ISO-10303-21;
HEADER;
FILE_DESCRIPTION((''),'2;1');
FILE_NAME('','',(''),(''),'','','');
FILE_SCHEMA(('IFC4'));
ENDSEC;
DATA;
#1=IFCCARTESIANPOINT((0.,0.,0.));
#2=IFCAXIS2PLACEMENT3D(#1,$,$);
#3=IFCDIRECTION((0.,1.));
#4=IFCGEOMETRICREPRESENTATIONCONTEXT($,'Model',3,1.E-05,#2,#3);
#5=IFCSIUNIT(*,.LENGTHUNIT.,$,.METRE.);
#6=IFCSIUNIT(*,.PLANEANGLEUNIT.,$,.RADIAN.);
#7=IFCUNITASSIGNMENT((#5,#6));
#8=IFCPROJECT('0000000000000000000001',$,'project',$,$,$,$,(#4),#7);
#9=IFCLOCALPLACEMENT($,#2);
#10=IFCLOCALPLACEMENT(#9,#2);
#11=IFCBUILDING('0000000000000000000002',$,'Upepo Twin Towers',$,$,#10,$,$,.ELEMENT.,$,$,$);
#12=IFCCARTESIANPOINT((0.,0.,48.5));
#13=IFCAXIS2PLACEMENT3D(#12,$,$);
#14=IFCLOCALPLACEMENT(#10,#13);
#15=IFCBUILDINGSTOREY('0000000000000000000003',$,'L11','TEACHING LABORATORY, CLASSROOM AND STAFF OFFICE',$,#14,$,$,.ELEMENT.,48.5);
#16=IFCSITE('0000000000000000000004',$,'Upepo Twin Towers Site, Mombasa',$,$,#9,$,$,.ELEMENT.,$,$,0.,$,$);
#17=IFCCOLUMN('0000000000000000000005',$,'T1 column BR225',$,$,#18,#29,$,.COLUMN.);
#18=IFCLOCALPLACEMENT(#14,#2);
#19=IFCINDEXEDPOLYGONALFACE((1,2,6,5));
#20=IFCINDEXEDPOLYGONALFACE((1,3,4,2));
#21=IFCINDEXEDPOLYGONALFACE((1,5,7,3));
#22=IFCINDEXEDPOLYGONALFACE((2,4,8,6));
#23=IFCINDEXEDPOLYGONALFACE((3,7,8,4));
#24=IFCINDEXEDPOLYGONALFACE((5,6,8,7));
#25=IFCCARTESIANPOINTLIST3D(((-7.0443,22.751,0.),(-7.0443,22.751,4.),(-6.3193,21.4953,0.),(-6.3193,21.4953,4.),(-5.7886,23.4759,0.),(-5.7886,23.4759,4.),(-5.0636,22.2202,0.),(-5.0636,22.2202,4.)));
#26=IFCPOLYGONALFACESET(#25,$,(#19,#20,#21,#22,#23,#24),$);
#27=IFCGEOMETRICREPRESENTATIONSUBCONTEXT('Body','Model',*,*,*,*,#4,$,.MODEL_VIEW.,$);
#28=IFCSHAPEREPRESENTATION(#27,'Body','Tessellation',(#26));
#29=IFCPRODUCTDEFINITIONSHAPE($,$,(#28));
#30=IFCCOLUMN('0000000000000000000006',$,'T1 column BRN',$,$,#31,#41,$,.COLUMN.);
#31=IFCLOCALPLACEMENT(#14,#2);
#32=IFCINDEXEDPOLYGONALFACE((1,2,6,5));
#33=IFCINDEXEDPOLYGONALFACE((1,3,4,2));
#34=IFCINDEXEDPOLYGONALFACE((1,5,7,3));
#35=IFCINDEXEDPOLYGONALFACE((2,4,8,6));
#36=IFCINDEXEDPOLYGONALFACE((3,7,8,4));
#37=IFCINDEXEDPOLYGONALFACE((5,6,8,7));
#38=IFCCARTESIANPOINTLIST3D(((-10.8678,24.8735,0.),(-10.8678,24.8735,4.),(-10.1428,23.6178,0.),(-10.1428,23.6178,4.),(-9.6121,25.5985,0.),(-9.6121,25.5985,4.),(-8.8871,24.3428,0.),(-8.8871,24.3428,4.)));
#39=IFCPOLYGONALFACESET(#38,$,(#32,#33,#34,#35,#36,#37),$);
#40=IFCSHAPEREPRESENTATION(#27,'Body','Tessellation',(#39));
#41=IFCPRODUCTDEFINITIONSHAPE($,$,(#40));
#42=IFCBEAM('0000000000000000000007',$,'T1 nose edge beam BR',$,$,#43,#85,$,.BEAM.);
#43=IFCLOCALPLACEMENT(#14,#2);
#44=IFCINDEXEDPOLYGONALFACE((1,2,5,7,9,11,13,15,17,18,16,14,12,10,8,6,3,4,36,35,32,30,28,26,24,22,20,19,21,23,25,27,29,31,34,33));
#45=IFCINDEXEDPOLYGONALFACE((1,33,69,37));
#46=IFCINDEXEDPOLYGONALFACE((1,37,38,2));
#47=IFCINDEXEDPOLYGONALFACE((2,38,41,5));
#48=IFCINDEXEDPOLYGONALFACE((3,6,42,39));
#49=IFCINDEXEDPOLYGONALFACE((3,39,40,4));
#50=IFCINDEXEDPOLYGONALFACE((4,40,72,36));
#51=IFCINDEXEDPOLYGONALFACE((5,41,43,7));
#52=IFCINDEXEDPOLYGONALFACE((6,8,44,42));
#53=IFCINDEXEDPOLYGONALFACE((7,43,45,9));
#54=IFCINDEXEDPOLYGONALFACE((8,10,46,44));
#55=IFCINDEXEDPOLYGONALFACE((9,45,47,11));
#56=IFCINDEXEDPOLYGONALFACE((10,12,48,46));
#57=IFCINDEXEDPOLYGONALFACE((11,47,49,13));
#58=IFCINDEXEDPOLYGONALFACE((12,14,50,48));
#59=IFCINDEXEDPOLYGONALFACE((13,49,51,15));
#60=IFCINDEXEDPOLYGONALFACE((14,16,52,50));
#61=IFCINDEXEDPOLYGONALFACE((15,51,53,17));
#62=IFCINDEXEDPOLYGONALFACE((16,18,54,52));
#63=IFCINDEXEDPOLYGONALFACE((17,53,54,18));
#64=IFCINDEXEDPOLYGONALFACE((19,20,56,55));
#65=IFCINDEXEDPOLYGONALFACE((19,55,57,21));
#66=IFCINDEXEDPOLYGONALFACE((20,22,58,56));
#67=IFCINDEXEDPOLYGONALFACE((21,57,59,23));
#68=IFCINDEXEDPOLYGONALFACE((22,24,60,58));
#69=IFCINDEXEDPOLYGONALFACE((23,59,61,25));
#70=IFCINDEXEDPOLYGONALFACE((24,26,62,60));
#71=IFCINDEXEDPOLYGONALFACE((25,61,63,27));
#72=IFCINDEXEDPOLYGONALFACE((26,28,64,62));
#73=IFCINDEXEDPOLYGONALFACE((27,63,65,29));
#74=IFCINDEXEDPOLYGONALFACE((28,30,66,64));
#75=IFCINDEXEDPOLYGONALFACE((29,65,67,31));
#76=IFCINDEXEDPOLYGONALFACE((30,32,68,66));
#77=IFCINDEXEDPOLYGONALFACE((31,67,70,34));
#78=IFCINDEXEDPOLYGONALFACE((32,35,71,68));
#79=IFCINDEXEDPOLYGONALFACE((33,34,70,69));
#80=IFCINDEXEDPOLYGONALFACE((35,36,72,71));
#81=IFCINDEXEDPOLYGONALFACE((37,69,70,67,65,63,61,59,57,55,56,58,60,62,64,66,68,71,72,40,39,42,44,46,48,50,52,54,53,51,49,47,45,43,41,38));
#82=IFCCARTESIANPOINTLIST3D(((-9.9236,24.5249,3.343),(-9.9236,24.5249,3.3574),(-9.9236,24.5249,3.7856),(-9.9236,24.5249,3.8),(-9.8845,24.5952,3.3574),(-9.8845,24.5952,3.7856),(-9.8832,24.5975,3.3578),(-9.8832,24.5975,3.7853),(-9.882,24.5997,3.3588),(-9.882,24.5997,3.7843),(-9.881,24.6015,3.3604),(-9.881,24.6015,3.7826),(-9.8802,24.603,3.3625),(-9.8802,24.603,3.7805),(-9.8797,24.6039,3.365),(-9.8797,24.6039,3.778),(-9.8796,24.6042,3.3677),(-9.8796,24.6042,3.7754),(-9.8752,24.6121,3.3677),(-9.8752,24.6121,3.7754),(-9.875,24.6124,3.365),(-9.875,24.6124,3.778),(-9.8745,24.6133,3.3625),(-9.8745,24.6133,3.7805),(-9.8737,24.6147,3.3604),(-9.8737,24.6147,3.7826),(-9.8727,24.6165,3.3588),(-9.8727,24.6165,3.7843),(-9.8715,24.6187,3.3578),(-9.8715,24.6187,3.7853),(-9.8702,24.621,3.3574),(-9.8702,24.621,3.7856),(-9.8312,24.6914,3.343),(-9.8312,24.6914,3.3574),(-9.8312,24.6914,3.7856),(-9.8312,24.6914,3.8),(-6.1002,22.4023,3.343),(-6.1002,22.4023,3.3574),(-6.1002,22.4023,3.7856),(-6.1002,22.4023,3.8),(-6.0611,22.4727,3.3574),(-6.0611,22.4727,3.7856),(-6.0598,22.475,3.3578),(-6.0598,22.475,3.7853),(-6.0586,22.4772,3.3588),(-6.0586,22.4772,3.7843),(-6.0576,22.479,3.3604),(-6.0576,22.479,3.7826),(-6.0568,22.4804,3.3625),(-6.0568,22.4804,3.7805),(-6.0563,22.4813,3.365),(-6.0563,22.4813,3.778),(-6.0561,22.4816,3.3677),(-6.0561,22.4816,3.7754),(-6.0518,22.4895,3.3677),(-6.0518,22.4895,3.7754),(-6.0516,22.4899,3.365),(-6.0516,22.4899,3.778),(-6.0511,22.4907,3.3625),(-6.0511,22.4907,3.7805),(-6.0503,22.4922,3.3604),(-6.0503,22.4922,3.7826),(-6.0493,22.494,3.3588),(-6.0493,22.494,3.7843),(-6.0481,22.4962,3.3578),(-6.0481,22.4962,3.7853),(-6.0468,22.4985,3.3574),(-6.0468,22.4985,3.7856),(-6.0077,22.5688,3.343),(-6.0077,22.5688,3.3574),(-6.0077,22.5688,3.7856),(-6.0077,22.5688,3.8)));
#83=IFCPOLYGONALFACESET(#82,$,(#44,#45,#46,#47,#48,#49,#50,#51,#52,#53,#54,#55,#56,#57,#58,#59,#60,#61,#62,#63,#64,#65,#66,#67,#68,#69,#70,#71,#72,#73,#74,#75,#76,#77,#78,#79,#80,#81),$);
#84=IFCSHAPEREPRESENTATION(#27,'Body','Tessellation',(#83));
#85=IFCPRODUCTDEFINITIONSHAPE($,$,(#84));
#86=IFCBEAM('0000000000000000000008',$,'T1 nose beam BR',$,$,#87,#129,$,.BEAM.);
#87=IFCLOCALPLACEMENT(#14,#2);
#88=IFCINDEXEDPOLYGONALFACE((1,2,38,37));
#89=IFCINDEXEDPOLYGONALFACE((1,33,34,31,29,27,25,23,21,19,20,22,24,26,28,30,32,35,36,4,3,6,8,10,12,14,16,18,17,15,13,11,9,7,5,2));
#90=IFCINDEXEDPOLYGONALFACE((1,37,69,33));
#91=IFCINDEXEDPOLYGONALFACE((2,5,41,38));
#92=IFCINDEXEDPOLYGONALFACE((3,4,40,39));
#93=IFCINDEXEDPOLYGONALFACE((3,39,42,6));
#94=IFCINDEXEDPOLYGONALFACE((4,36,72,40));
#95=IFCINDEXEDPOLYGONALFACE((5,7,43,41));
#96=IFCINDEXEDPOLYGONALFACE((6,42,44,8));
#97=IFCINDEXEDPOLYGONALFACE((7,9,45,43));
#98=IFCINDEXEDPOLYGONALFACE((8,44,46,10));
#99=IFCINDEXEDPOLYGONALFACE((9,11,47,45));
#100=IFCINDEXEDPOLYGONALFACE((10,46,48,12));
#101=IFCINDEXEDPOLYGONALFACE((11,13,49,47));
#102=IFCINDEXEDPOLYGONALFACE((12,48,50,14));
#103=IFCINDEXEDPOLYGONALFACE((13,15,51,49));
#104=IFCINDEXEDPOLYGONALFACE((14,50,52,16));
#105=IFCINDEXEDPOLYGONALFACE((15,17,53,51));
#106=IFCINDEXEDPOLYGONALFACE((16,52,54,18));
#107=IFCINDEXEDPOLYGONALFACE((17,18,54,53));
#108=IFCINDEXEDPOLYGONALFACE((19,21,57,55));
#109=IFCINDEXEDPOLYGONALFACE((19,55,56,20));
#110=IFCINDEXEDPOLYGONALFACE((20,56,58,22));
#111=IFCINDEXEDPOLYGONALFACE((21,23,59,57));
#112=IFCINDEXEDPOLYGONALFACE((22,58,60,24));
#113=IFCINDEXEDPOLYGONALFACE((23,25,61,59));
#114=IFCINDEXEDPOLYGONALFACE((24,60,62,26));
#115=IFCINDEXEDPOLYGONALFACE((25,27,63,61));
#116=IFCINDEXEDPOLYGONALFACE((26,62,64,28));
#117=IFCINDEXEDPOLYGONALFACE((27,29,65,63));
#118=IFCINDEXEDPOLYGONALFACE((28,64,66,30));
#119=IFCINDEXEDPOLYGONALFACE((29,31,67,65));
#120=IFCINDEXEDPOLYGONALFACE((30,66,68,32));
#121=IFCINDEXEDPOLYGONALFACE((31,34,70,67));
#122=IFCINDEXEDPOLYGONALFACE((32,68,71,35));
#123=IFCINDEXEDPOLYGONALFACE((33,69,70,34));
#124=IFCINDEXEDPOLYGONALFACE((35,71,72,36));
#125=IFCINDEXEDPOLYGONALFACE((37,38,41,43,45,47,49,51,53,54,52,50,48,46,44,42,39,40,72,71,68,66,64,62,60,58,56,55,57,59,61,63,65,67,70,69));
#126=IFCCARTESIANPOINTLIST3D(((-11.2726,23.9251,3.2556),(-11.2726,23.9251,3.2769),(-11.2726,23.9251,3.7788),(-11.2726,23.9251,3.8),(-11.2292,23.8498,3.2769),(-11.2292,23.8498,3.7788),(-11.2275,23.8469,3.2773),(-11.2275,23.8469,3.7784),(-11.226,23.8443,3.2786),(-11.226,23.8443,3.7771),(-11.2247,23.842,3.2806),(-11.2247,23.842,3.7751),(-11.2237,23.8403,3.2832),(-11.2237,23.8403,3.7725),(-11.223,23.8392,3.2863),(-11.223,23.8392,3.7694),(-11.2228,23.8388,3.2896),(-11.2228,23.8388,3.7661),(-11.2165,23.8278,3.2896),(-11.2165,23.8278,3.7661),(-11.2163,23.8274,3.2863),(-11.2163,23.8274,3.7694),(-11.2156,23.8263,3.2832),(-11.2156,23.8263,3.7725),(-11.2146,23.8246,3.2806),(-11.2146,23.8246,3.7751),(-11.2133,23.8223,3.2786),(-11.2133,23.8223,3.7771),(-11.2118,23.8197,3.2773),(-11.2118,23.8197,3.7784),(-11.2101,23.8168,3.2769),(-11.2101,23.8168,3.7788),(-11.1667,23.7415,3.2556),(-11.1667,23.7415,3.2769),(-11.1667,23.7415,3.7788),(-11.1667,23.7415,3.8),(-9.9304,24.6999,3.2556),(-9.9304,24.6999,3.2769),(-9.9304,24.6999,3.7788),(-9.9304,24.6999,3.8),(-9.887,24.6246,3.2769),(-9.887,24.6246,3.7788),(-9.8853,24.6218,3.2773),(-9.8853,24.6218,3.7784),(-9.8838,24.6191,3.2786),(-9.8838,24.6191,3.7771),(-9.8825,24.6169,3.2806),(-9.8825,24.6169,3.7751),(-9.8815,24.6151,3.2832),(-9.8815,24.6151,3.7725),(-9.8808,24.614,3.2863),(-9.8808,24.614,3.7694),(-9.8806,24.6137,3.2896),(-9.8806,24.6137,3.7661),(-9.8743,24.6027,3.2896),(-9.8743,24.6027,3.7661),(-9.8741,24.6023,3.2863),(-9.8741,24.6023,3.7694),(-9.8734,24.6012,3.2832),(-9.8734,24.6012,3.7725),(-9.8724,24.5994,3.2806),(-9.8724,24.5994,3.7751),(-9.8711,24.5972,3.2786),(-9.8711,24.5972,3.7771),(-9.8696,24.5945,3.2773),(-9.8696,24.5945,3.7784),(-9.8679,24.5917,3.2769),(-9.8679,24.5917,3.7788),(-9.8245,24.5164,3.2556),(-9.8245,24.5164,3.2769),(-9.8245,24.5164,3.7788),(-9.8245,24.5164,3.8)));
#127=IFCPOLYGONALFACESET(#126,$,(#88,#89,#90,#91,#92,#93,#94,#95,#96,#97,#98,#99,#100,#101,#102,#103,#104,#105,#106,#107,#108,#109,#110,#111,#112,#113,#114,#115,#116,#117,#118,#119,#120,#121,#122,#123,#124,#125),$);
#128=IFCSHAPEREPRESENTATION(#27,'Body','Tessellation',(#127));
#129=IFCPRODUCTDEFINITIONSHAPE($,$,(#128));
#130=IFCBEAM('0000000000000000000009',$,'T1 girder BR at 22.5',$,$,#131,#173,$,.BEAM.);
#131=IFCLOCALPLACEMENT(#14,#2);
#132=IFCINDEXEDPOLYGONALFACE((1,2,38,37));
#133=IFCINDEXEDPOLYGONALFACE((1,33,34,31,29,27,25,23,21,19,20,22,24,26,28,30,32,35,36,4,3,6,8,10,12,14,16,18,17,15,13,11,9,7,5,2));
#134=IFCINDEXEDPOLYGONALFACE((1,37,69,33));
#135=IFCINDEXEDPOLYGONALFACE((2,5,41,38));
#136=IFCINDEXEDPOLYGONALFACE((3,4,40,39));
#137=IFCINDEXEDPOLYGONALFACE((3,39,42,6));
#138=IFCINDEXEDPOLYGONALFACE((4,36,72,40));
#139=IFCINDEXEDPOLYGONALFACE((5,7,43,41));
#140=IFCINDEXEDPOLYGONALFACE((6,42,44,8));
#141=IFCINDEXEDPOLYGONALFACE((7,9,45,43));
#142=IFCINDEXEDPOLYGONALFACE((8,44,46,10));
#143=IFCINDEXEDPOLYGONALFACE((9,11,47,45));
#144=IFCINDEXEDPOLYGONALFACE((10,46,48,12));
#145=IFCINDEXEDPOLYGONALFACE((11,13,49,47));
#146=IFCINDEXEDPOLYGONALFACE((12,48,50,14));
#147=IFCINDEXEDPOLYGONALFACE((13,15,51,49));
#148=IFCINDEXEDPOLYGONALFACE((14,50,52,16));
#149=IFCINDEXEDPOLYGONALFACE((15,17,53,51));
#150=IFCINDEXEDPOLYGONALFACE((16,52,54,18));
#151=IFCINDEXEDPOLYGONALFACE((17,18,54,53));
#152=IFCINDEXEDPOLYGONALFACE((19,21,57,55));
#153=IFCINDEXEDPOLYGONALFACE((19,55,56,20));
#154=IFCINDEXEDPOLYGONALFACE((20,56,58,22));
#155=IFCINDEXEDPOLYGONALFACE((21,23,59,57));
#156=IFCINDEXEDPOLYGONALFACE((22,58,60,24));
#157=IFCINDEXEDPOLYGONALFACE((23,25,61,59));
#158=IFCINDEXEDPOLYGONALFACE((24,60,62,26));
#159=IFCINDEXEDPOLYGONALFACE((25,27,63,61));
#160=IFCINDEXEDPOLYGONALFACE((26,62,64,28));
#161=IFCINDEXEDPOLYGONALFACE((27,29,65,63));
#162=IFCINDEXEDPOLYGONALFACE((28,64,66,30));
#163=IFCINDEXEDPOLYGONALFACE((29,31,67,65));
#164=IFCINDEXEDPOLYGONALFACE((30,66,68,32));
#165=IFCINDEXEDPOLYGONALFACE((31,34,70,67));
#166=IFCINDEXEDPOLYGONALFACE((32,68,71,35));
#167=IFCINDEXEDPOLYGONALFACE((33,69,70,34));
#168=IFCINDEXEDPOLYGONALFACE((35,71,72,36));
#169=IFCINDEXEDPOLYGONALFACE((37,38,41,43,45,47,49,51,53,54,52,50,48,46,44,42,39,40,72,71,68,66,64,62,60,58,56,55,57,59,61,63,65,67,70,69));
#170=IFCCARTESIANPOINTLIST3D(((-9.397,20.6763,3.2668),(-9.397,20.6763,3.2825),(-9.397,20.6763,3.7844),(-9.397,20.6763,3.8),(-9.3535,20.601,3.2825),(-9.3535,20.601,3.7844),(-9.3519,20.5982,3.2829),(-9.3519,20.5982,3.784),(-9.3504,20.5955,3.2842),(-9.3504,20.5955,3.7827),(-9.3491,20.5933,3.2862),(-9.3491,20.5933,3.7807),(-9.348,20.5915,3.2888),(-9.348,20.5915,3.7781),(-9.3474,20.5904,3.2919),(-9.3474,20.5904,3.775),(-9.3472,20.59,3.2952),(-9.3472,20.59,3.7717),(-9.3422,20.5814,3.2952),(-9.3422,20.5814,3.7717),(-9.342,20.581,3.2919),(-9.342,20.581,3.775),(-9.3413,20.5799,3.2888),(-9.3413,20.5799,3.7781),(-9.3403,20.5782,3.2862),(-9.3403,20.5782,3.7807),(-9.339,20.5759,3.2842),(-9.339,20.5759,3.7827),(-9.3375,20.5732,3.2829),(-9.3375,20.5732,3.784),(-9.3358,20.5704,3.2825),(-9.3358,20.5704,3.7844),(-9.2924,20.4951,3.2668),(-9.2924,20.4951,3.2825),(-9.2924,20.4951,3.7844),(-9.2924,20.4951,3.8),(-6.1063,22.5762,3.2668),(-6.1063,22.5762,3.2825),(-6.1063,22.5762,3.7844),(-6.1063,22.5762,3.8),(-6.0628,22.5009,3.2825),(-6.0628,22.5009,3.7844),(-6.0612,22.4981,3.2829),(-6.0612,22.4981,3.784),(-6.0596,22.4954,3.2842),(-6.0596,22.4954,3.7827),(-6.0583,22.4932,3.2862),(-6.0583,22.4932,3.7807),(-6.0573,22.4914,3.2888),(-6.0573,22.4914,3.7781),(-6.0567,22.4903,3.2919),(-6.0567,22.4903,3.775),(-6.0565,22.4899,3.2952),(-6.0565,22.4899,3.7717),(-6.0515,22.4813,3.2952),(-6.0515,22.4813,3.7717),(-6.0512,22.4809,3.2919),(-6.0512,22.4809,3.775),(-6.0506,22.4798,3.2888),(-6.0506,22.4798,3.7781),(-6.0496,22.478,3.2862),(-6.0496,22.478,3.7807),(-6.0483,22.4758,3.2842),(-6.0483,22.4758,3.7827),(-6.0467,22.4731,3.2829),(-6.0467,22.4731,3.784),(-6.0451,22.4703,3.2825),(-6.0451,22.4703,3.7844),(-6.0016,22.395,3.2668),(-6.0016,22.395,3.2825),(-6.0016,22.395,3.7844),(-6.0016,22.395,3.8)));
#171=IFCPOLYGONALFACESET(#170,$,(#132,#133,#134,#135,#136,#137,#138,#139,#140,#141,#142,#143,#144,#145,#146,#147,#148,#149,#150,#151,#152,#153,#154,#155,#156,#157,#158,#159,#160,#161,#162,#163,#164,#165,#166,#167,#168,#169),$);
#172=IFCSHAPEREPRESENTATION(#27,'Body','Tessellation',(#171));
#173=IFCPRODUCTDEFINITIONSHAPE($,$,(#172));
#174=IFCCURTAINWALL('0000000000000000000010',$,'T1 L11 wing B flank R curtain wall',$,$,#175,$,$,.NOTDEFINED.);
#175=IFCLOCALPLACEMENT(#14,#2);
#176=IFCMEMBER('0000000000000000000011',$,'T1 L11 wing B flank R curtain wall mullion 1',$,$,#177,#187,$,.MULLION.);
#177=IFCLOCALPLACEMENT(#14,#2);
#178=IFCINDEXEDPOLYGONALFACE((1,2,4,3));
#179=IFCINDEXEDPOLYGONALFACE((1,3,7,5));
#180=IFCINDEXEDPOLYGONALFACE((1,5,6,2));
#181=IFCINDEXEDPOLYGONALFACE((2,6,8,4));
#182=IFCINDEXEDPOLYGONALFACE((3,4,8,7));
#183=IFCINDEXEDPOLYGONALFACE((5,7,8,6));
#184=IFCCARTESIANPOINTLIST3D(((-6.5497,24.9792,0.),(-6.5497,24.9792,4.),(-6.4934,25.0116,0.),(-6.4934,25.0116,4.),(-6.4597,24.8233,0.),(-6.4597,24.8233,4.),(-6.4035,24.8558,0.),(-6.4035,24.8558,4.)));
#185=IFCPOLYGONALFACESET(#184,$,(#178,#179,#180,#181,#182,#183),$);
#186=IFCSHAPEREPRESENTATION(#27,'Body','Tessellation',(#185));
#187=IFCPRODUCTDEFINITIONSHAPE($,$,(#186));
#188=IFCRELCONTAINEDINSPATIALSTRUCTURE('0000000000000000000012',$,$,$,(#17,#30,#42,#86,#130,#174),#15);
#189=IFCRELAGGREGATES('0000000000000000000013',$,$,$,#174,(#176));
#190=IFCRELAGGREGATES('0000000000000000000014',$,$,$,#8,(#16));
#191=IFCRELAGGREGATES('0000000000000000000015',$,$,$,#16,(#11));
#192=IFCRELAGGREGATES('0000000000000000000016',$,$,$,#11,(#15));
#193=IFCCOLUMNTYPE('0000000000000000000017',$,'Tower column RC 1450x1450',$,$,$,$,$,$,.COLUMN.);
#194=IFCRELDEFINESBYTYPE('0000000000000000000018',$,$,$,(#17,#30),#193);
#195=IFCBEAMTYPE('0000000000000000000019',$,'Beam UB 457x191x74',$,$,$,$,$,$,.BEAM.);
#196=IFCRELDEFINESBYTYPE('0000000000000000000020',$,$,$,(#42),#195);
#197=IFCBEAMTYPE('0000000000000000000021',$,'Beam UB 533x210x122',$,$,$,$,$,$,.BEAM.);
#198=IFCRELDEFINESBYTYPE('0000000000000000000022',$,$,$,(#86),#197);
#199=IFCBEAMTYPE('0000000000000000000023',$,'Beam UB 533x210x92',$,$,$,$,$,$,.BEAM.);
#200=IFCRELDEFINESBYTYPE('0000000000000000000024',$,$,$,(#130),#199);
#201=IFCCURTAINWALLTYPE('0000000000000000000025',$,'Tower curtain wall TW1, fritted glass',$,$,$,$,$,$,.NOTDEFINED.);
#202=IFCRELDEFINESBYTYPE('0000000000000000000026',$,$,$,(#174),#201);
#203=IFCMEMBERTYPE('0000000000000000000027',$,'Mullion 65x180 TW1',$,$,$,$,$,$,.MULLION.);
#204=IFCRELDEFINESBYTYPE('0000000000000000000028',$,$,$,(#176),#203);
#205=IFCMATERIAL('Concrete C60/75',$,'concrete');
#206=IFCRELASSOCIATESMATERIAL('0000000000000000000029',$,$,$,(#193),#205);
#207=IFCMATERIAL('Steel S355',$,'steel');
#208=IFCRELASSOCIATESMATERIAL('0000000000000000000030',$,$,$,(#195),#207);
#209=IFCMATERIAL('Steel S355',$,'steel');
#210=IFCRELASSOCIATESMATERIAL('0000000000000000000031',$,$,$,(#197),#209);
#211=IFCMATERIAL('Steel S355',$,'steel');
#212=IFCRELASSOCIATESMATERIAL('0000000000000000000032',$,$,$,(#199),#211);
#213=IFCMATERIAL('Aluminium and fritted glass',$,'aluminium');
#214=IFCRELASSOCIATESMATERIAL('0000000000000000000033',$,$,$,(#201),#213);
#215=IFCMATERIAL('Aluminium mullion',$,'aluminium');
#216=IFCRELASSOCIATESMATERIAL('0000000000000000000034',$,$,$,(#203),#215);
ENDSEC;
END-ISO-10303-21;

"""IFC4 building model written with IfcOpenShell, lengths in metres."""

from ifc_helpers import new_model, si_unit, direction, frame, origin, origin_2d, place, context, subcontext, project, spatial, rectangle, i_section, extrude, material, material_profile, profile_set, type_object, element, aggregate, save


model = new_model("IFC4")

# Units and contexts
model_context = context("Model", 3, precision=1e-05, world=origin(), true_north=direction((0.0, 1.0)))
body_context = subcontext(model_context, "Body", "Model", "MODEL_VIEW")
ifc_project = project(units=[si_unit("LENGTHUNIT", "METRE"), si_unit("PLANEANGLEUNIT", "RADIAN")], contexts=[model_context])

# Site, building, storey
site_placement = place(None, origin())
site = spatial("IfcSite", under=ifc_project, at=site_placement, Name="Upepo Twin Towers Site, Mombasa", CompositionType="ELEMENT", RefElevation=0.0)
building_placement = place(site_placement, origin())
building = spatial("IfcBuilding", under=site, at=building_placement, Name="Upepo Twin Towers", CompositionType="ELEMENT")
storey_placement = place(building_placement, frame((0.0, 0.0, 48.5)))
storey = spatial("IfcBuildingStorey", under=building, at=storey_placement, Name="L11", Description="TEACHING LABORATORY, CLASSROOM AND STAFF OFFICE", CompositionType="ELEMENT", Elevation=48.5)

# Columns
ifc_material_1 = material(Name="Concrete C60/75", Category="concrete")
ifc_material_profile_1 = material_profile(ifc_material_1, rectangle(XDim=1.45, YDim=1.45, at=origin_2d()), Name="RC 1450x1450")
ifc_profile_set_1 = profile_set([ifc_material_profile_1], Name="Concrete C60/75")
column_type = type_object("IfcColumnType", Name="Tower column RC 1450x1450", PredefinedType="COLUMN", material=ifc_profile_set_1)
for number, where, z_axis, x_axis, name in (
    (1, (-6.054, 22.4856, 0.0), (0.0, 0.0, 1.0), (0.866025, 0.5, 0.0), "T1 column BR225"),
    (2, (-9.8774, 24.6082, 0.0), (0.0, 0.0, 1.0), (0.866025, 0.5, 0.0), "T1 column BRN"),
):
    element("IfcColumn", number, at=place(storey_placement, frame(where, z_axis=z_axis, x_axis=x_axis)), inside=storey, type_object=column_type, Name=name, PredefinedType="COLUMN", context=body_context, shape_type="SweptSolid", body=[
        extrude(rectangle(XDim=1.45, YDim=1.45, at=origin_2d()), origin(), (0.0, 0.0, 1.0), 4.0),
    ])

# Beams
ifc_material_2 = material(Name="Steel S355", Category="steel")
ifc_material_profile_2 = material_profile(ifc_material_2, i_section(OverallWidth=0.1904, OverallDepth=0.457, WebThickness=0.009, FlangeThickness=0.0144, FilletRadius=0.0103, at=origin_2d()), Name="UB 457x191x74")
ifc_profile_set_2 = profile_set([ifc_material_profile_2], Name="Steel S355")
beam_type_1 = type_object("IfcBeamType", Name="Beam UB 457x191x74", PredefinedType="BEAM", material=ifc_profile_set_2)
beam_1_placement = place(storey_placement, frame((-6.054, 22.4856, 3.5715), z_axis=(-0.874313, 0.485363, 0.0), x_axis=(-0.485363, -0.874313, 0.0)))
element("IfcBeam", 3, at=beam_1_placement, inside=storey, type_object=beam_type_1, Name="T1 nose edge beam BR", PredefinedType="BEAM", context=body_context, shape_type="SweptSolid", body=[
    extrude(i_section(OverallWidth=0.1904, OverallDepth=0.457, WebThickness=0.009, FlangeThickness=0.0144, FilletRadius=0.0103, at=origin_2d()), origin(), (0.0, 0.0, 1.0), 4.373),
])
ifc_material_3 = material(Name="Steel S355", Category="steel")
ifc_material_profile_3 = material_profile(ifc_material_3, i_section(OverallWidth=0.2119, OverallDepth=0.5444, WebThickness=0.0127, FlangeThickness=0.0212, FilletRadius=0.0127, at=origin_2d()), Name="UB 533x210x122")
ifc_profile_set_3 = profile_set([ifc_material_profile_3], Name="Steel S355")
beam_type_2 = type_object("IfcBeamType", Name="Beam UB 533x210x122", PredefinedType="BEAM", material=ifc_profile_set_3)
beam_2_placement = place(storey_placement, frame((-9.8774, 24.6082, 3.5278), z_axis=(-0.866044, -0.499968, 0.0), x_axis=(0.499968, -0.866044, 0.0)))
element("IfcBeam", 4, at=beam_2_placement, inside=storey, type_object=beam_type_2, Name="T1 nose beam BR", PredefinedType="BEAM", context=body_context, shape_type="SweptSolid", body=[
    extrude(i_section(OverallWidth=0.2119, OverallDepth=0.5444, WebThickness=0.0127, FlangeThickness=0.0212, FilletRadius=0.0127, at=origin_2d()), origin(), (0.0, 0.0, 1.0), 1.5498),
])
ifc_material_4 = material(Name="Steel S355", Category="steel")
ifc_material_profile_4 = material_profile(ifc_material_4, i_section(OverallWidth=0.2092, OverallDepth=0.5332, WebThickness=0.01, FlangeThickness=0.0156, FilletRadius=0.0127, at=origin_2d()), Name="UB 533x210x92")
ifc_profile_set_4 = profile_set([ifc_material_profile_4], Name="Steel S355")
beam_type_3 = type_object("IfcBeamType", Name="Beam UB 533x210x92", PredefinedType="BEAM", material=ifc_profile_set_4)
beam_3_placement = place(storey_placement, frame((-6.054, 22.4856, 3.5334), z_axis=(-0.866028, -0.499995, 0.0), x_axis=(0.499995, -0.866028, 0.0)))
element("IfcBeam", 5, at=beam_3_placement, inside=storey, type_object=beam_type_3, Name="T1 girder BR at 22.5", PredefinedType="BEAM", context=body_context, shape_type="SweptSolid", body=[
    extrude(i_section(OverallWidth=0.2092, OverallDepth=0.5332, WebThickness=0.01, FlangeThickness=0.0156, FilletRadius=0.0127, at=origin_2d()), origin(), (0.0, 0.0, 1.0), 3.7998),
])

# Curtain wall, member
ifc_material_5 = material(Name="Aluminium and fritted glass", Category="aluminium")
curtain_wall_type = type_object("IfcCurtainWallType", Name="Tower curtain wall TW1, fritted glass", PredefinedType="NOTDEFINED", material=ifc_material_5)
curtain_wall_1_placement = place(storey_placement, origin())
curtain_wall_1 = element("IfcCurtainWall", 6, at=curtain_wall_1_placement, inside=storey, type_object=curtain_wall_type, Name="T1 L11 wing B flank R curtain wall", PredefinedType="NOTDEFINED")
ifc_material_6 = material(Name="Aluminium mullion", Category="aluminium")
ifc_material_profile_5 = material_profile(ifc_material_6, rectangle(XDim=0.0649, YDim=0.1799, at=origin_2d()), Name="MULLION 65x180")
ifc_profile_set_5 = profile_set([ifc_material_profile_5], Name="Aluminium mullion")
member_type_1 = type_object("IfcMemberType", Name="Mullion 65x180 TW1", PredefinedType="MULLION", material=ifc_profile_set_5)
member_1_placement = place(storey_placement, frame((-6.4766, 24.9175, 0.0), z_axis=(0.0, 0.0, 1.0), x_axis=(0.866025, 0.5, 0.0)))
member_1 = element("IfcMember", 7, at=member_1_placement, type_object=member_type_1, Name="T1 L11 wing B flank R curtain wall mullion 1", PredefinedType="MULLION", context=body_context, shape_type="SweptSolid", body=[
    extrude(rectangle(XDim=0.0649, YDim=0.1799, at=origin_2d()), origin(), (0.0, 0.0, 1.0), 4.0),
])

aggregate(curtain_wall_1, [member_1])

save(model, "model.ifc")
